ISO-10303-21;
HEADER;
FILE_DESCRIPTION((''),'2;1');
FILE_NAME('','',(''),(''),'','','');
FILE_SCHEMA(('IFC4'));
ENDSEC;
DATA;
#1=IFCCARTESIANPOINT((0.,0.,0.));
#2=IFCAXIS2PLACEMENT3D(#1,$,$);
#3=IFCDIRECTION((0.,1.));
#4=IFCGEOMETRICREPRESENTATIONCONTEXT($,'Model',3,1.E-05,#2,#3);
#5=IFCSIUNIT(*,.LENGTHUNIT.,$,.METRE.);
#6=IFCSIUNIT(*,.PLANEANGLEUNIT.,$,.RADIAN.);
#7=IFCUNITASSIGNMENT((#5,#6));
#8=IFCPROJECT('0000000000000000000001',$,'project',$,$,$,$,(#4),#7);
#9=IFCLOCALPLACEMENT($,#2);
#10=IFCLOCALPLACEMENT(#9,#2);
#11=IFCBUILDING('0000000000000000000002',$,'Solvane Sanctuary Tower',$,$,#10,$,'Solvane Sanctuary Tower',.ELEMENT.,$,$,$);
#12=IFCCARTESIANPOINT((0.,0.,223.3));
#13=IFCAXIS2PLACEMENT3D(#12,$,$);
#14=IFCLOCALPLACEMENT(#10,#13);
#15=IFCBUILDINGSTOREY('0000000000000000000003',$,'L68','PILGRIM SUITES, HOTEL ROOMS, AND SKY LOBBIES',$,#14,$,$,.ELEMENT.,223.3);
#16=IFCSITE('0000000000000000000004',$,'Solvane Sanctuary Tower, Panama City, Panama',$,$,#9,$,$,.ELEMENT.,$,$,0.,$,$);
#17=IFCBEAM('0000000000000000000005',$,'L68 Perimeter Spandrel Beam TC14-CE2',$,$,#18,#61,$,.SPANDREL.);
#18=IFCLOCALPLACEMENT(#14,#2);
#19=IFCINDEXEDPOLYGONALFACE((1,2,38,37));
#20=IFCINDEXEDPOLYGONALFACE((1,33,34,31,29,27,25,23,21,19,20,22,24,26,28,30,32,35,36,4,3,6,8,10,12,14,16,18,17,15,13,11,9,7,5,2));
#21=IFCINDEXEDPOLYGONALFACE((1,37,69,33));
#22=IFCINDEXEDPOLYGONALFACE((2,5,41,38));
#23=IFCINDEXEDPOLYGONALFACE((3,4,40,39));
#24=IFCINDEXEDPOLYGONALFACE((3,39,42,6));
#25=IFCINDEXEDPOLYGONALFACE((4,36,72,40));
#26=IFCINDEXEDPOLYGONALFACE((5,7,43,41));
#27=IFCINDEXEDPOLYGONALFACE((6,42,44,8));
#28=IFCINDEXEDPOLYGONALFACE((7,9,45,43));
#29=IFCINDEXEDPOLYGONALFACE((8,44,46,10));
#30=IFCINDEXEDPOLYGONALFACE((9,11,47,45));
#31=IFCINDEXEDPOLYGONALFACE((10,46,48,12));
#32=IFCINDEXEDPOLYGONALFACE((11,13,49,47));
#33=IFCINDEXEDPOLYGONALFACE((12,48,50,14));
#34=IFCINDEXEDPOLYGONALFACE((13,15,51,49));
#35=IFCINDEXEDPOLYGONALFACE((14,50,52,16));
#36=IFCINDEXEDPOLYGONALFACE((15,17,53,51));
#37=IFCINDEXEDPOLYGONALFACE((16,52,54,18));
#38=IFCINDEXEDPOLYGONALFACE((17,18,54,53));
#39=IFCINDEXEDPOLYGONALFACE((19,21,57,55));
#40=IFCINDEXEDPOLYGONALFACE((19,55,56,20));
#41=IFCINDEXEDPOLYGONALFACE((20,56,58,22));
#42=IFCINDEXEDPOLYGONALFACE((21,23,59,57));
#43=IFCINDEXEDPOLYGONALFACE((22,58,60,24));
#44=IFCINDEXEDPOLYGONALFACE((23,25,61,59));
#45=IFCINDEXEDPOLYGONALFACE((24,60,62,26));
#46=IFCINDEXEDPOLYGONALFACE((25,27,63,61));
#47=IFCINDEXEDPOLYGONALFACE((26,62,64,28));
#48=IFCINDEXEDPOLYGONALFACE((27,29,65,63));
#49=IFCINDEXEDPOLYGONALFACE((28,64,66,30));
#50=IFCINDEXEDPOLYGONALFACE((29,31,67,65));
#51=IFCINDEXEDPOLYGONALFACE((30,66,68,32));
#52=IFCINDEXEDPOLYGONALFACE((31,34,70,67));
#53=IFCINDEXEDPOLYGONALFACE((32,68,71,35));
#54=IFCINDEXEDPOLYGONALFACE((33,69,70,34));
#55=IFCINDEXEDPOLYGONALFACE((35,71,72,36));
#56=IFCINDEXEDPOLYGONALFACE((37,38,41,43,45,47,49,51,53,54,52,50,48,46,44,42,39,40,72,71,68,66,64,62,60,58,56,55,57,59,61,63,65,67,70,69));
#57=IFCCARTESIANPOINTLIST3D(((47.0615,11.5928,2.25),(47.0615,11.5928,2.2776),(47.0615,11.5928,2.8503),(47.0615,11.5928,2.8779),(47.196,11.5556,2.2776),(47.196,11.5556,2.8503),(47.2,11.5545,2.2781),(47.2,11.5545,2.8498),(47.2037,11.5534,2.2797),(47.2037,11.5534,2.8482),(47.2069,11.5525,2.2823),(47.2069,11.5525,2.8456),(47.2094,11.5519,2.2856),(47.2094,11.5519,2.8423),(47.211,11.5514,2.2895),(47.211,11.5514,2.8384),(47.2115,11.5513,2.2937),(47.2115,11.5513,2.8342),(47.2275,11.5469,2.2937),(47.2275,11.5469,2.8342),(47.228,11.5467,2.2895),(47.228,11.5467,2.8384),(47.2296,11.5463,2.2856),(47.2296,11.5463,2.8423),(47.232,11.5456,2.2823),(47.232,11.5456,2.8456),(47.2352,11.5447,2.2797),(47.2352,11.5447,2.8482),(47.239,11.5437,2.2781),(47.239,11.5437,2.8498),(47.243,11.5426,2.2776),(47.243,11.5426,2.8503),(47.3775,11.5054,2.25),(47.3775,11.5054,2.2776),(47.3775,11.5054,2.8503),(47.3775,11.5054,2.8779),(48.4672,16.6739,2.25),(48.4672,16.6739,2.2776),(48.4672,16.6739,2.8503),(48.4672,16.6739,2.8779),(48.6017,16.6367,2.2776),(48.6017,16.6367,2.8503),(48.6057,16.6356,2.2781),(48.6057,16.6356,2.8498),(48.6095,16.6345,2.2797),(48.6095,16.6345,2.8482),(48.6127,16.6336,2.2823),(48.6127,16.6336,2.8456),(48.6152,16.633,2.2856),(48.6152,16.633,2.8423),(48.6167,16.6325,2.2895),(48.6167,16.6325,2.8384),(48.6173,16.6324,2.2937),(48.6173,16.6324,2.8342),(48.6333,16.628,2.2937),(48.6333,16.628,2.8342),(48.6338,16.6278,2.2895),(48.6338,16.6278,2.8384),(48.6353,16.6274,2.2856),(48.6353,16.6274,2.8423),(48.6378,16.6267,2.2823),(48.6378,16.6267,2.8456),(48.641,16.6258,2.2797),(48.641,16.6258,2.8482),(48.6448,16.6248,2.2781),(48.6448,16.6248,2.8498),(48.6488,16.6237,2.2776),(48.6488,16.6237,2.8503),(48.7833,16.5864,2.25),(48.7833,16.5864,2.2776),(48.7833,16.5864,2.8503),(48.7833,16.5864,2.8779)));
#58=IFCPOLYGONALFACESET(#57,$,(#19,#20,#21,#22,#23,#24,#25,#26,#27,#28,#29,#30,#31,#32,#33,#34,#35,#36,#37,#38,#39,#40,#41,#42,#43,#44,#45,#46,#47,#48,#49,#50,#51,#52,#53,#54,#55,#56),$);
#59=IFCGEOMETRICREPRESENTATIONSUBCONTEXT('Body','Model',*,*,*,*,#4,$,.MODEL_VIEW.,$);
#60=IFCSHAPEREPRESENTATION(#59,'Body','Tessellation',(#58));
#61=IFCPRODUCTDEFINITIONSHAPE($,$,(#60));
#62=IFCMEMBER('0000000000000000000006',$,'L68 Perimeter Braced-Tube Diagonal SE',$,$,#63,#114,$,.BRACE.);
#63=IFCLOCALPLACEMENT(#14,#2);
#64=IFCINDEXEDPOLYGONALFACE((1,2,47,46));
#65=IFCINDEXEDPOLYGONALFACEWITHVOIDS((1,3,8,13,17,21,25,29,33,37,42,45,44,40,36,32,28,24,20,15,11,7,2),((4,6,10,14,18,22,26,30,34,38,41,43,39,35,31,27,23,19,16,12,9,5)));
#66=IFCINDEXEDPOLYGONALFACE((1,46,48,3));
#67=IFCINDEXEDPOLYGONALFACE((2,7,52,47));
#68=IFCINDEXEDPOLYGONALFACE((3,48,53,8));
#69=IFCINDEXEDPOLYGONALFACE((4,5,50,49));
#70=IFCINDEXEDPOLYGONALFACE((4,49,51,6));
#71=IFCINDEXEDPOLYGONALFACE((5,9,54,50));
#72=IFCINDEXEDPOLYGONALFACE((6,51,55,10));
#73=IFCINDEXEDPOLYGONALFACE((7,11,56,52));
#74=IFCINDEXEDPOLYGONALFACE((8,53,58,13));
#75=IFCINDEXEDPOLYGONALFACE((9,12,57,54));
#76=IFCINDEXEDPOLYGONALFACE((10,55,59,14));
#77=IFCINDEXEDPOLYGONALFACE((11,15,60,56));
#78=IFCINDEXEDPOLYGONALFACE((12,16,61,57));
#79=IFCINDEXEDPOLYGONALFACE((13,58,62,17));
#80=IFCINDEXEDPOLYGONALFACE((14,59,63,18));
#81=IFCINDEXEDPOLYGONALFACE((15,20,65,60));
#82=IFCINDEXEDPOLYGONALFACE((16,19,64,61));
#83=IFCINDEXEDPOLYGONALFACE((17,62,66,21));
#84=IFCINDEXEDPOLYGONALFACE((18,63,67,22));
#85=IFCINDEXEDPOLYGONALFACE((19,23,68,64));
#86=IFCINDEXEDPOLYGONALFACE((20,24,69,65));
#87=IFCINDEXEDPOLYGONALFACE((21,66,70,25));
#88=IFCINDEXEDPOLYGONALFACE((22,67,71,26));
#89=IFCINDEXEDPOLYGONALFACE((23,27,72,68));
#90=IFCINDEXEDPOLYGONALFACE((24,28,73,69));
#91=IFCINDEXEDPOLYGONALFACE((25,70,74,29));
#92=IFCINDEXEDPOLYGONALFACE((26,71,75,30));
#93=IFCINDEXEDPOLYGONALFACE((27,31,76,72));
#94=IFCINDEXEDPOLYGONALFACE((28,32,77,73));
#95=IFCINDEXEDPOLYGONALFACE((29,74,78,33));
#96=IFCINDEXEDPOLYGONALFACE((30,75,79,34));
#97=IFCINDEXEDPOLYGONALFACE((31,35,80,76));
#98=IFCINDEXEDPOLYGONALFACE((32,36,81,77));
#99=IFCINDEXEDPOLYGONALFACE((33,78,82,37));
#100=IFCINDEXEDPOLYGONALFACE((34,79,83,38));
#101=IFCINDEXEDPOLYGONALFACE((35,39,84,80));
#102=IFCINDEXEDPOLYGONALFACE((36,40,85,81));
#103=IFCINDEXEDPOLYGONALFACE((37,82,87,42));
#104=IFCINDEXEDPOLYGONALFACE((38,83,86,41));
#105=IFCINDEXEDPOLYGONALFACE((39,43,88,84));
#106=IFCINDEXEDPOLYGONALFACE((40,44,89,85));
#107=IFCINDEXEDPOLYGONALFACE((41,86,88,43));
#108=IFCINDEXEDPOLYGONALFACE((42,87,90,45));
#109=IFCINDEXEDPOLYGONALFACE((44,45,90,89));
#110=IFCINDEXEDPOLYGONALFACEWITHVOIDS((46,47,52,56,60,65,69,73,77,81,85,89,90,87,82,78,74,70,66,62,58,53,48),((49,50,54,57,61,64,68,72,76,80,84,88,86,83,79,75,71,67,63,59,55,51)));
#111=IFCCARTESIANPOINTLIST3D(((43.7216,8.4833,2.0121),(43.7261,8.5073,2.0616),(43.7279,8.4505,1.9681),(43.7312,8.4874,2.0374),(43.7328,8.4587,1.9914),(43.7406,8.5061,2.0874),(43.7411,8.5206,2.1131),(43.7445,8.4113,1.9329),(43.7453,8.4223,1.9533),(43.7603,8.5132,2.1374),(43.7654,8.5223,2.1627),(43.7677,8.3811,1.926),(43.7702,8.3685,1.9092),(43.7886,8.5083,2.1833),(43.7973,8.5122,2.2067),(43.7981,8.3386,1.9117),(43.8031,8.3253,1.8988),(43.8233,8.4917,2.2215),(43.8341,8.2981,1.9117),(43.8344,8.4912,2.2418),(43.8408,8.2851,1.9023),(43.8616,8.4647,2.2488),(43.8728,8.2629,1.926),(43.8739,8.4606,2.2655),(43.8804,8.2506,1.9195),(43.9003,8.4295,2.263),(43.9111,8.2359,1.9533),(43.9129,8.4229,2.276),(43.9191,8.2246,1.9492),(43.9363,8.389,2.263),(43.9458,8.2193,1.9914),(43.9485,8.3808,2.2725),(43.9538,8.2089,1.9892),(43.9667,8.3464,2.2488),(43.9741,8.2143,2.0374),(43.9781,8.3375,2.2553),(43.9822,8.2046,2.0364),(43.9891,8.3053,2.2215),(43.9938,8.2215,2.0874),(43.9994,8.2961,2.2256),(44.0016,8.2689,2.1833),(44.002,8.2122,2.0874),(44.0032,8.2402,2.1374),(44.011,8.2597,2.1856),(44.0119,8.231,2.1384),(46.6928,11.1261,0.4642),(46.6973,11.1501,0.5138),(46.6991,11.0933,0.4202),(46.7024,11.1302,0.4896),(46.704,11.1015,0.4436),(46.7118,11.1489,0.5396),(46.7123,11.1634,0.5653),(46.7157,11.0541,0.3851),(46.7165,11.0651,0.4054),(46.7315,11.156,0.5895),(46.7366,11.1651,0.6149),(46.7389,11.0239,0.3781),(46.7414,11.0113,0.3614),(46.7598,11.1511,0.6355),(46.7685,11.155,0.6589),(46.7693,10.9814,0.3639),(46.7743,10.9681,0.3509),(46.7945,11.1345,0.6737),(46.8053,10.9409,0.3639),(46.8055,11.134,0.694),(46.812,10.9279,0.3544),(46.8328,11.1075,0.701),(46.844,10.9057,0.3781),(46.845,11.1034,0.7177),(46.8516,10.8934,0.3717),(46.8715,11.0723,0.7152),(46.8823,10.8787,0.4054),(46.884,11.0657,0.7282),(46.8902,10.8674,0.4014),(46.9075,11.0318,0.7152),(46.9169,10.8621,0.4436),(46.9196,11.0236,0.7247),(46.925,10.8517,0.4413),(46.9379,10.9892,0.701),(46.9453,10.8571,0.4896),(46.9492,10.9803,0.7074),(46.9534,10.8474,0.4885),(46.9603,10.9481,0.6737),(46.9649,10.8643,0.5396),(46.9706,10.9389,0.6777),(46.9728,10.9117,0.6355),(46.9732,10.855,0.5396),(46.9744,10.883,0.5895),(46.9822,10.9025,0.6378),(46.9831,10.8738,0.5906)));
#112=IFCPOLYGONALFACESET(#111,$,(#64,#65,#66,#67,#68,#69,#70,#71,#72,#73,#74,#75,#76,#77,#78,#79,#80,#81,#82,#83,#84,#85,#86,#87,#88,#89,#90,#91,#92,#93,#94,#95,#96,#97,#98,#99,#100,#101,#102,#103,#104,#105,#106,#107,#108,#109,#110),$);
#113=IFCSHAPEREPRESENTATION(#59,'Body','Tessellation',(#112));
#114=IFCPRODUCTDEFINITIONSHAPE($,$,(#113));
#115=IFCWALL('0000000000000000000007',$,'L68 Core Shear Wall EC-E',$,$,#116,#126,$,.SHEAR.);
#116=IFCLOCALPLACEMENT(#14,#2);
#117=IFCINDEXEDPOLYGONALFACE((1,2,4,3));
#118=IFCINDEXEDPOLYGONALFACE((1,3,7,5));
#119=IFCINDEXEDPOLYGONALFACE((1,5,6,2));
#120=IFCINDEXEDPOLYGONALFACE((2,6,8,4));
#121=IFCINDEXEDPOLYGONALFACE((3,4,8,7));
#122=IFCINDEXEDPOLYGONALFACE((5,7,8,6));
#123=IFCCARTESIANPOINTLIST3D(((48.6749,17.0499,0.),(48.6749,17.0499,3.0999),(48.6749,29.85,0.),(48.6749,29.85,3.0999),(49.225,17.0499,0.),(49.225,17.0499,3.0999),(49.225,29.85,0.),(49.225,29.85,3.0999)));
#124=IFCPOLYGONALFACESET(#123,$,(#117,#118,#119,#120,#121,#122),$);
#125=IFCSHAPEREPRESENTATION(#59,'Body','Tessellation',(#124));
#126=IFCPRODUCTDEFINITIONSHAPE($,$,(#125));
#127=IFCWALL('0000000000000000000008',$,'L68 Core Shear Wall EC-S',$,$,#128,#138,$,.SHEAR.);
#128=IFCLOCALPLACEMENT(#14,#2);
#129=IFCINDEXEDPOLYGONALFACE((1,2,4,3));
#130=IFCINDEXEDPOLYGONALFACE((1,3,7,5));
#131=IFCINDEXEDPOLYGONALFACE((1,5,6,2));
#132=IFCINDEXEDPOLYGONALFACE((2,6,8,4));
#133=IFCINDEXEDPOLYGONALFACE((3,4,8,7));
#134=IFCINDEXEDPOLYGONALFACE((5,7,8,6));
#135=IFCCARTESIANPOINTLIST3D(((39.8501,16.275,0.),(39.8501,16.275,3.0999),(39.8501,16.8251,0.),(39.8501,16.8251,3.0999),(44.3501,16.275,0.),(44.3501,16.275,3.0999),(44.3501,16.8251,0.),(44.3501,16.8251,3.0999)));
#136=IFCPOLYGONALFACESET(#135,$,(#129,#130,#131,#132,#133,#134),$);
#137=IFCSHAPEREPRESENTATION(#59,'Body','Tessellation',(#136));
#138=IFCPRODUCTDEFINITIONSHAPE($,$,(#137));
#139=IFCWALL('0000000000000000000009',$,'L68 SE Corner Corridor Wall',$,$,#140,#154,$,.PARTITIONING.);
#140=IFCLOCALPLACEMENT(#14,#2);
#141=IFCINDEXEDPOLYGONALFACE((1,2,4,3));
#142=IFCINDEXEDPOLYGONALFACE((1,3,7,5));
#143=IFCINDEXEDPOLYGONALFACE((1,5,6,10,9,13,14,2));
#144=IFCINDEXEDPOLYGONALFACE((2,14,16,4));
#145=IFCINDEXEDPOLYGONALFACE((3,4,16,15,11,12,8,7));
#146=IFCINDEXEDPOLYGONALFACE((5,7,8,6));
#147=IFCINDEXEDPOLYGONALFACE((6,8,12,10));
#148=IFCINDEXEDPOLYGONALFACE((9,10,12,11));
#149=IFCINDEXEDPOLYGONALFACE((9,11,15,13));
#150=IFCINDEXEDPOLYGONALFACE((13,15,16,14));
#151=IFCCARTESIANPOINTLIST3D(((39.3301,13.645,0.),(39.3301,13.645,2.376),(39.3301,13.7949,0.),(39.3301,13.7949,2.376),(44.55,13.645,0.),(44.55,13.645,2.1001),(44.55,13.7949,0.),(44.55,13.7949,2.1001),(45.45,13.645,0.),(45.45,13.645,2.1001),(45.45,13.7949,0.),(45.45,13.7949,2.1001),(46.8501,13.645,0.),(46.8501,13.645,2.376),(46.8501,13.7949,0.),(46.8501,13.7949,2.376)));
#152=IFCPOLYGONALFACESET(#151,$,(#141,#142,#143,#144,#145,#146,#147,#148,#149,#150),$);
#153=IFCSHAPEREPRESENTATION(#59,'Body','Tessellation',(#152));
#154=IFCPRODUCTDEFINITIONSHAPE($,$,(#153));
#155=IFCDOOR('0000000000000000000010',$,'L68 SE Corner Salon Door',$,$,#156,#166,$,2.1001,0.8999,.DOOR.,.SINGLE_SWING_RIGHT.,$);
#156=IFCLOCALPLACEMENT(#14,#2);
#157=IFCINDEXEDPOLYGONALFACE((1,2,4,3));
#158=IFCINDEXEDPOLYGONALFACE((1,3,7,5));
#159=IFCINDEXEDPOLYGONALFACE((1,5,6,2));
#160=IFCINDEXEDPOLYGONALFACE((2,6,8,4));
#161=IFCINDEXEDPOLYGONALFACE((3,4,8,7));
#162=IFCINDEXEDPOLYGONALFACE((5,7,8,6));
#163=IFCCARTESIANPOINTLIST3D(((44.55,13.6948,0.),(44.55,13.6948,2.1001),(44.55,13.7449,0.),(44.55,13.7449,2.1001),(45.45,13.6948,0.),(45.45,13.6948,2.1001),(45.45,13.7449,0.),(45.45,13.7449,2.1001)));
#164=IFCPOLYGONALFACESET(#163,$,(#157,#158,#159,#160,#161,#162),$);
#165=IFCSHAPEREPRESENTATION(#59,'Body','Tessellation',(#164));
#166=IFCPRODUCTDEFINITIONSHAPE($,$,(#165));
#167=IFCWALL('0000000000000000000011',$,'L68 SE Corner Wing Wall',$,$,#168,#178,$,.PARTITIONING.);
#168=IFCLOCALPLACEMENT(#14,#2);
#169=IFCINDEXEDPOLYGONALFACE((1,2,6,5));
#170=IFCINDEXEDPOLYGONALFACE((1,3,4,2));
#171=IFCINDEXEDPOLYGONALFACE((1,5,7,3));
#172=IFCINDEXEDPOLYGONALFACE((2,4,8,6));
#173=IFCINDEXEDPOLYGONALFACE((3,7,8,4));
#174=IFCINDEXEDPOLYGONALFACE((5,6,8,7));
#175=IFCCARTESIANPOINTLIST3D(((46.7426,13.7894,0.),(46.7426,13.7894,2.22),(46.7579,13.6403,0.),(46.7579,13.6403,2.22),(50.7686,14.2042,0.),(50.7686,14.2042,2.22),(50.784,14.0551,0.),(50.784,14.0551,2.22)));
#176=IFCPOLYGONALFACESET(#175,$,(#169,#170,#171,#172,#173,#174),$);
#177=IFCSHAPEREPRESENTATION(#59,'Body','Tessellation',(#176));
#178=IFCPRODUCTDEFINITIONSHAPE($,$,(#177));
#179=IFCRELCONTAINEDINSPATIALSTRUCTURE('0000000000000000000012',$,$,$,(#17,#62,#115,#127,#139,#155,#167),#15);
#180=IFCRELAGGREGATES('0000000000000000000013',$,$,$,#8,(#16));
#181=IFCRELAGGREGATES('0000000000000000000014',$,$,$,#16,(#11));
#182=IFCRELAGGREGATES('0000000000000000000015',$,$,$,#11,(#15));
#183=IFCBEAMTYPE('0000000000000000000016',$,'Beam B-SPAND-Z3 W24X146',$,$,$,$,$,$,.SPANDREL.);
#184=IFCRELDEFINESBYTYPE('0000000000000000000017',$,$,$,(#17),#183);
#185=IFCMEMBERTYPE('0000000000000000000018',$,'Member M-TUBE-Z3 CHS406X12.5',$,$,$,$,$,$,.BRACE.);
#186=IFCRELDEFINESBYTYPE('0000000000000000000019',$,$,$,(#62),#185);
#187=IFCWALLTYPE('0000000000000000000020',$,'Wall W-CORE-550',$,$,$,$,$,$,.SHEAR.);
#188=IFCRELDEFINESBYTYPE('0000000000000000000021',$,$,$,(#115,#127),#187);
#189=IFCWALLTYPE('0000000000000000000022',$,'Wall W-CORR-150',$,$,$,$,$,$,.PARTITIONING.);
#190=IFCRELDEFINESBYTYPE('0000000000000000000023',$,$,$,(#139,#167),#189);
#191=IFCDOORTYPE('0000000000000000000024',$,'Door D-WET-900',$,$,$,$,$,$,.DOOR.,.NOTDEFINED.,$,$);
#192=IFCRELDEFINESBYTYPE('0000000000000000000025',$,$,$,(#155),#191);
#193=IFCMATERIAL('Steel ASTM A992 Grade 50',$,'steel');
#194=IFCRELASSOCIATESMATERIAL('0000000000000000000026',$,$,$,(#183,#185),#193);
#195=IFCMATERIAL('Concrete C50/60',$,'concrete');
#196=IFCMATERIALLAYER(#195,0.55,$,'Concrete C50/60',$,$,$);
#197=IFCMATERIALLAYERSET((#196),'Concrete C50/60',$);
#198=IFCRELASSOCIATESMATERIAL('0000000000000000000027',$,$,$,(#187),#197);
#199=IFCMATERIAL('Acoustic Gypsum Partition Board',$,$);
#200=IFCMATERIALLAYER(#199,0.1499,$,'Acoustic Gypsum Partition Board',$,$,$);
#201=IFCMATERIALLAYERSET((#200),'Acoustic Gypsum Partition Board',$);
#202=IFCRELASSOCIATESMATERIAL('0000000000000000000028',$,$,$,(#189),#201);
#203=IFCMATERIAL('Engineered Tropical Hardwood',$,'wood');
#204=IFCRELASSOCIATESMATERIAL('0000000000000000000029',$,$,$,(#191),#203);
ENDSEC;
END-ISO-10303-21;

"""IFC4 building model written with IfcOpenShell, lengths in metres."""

from ifc_helpers import new_model, si_unit, direction, frame, frame_2d, origin, origin_2d, place, context, subcontext, project, spatial, rectangle, hollow_circle, i_section, extrude, material, layer, layer_set, material_profile, profile_set, type_object, element, fill, save


model = new_model("IFC4")

# Units and contexts
model_context = context("Model", 3, precision=1e-05, world=origin(), true_north=direction((0.0, 1.0)))
body_context = subcontext(model_context, "Body", "Model", "MODEL_VIEW")
ifc_project = project(units=[si_unit("LENGTHUNIT", "METRE"), si_unit("PLANEANGLEUNIT", "RADIAN")], contexts=[model_context])

# Site, building, storey
site_placement = place(None, origin())
site = spatial("IfcSite", under=ifc_project, at=site_placement, Name="Solvane Sanctuary Tower, Panama City, Panama", CompositionType="ELEMENT", RefElevation=0.0)
building_placement = place(site_placement, origin())
building = spatial("IfcBuilding", under=site, at=building_placement, Name="Solvane Sanctuary Tower", LongName="Solvane Sanctuary Tower", CompositionType="ELEMENT")
storey_placement = place(building_placement, frame((0.0, 0.0, 223.3)))
storey = spatial("IfcBuildingStorey", under=building, at=storey_placement, Name="L68", Description="PILGRIM SUITES, HOTEL ROOMS, AND SKY LOBBIES", CompositionType="ELEMENT", Elevation=223.3)

# Shared definitions
ifc_material_1 = material(Name="Concrete C50/60", Category="concrete")

# Beam
ifc_material_2 = material(Name="Steel ASTM A992 Grade 50", Category="steel")
ifc_material_profile_1 = material_profile(ifc_material_2, i_section(OverallWidth=0.3279, OverallDepth=0.6279, WebThickness=0.0166, FlangeThickness=0.0276, FilletRadius=0.0161, at=origin_2d()), Name="W24X146")
ifc_profile_set_1 = profile_set([ifc_material_profile_1], Name="Steel ASTM A992 Grade 50")
beam_type_1 = type_object("IfcBeamType", Name="Beam B-SPAND-Z3 W24X146", PredefinedType="SPANDREL", material=ifc_profile_set_1)
beam_1_placement = place(storey_placement, frame((47.2195, 11.5491, 2.564), z_axis=(0.26665, 0.963793, 0.0), x_axis=(-0.963793, 0.26665, 0.0)))
element("IfcBeam", 1, at=beam_1_placement, inside=storey, type_object=beam_type_1, Name="L68 Perimeter Spandrel Beam TC14-CE2", PredefinedType="SPANDREL", context=body_context, shape_type="SweptSolid", body=[
    extrude(i_section(OverallWidth=0.3279, OverallDepth=0.6279, WebThickness=0.0166, FlangeThickness=0.0276, FilletRadius=0.0161, at=origin_2d()), origin(), (0.0, 0.0, 1.0), 5.272),
])

# Member
ifc_material_profile_2 = material_profile(ifc_material_2, hollow_circle(Radius=0.2029, WallThickness=0.0125, at=origin_2d()), Name="CHS406X12.5")
ifc_profile_set_2 = profile_set([ifc_material_profile_2], Name="Steel ASTM A992 Grade 50")
member_type = type_object("IfcMemberType", Name="Member M-TUBE-Z3 CHS406X12.5", PredefinedType="BRACE", material=ifc_profile_set_2)
member_placement = place(storey_placement, frame((46.8384, 11.0066, 0.5396), z_axis=(-0.696299, -0.619345, 0.362739), x_axis=(0.664612, -0.747189, 0.0)))
element("IfcMember", 2, at=member_placement, inside=storey, type_object=member_type, Name="L68 Perimeter Braced-Tube Diagonal SE", PredefinedType="BRACE", context=body_context, shape_type="SweptSolid", body=[
    extrude(hollow_circle(Radius=0.2029, WallThickness=0.0125, at=origin_2d()), origin(), (0.0, 0.0, 1.0), 4.2671),
])

# Walls
ifc_layer_1 = layer(ifc_material_1, 0.55, Name="Concrete C50/60")
ifc_layer_set_1 = layer_set([ifc_layer_1], Name="Concrete C50/60")
wall_type_1 = type_object("IfcWallType", Name="Wall W-CORE-550", PredefinedType="SHEAR", material=ifc_layer_set_1)
wall_1_placement = place(storey_placement, frame((48.95, 17.05, 0.0), z_axis=(0.0, 0.0, 1.0), x_axis=(0.0, 1.0, 0.0)))
element("IfcWall", 3, at=wall_1_placement, inside=storey, type_object=wall_type_1, Name="L68 Core Shear Wall EC-E", PredefinedType="SHEAR", context=body_context, shape_type="SweptSolid", body=[
    extrude(rectangle(XDim=12.8, YDim=0.55, at=frame_2d((6.3999, 0.0))), origin(), (0.0, 0.0, 1.0), 3.0999),
])
wall_2_placement = place(storey_placement, frame((39.8501, 16.55, 0.0), z_axis=(0.0, 0.0, 1.0), x_axis=(1.0, 0.0, 0.0)))
element("IfcWall", 4, at=wall_2_placement, inside=storey, type_object=wall_type_1, Name="L68 Core Shear Wall EC-S", PredefinedType="SHEAR", context=body_context, shape_type="SweptSolid", body=[
    extrude(rectangle(XDim=4.5, YDim=0.55, at=frame_2d((2.25, 0.0))), origin(), (0.0, 0.0, 1.0), 3.0999),
])

# Wall, opening, door
ifc_material_3 = material(Name="Acoustic Gypsum Partition Board")
ifc_layer_2 = layer(ifc_material_3, 0.1499, Name="Acoustic Gypsum Partition Board")
ifc_layer_set_2 = layer_set([ifc_layer_2], Name="Acoustic Gypsum Partition Board")
wall_type_2 = type_object("IfcWallType", Name="Wall W-CORR-150", PredefinedType="PARTITIONING", material=ifc_layer_set_2)
wall_3_placement = place(storey_placement, frame((39.3301, 13.72, 0.0), z_axis=(0.0, 0.0, 1.0), x_axis=(1.0, 0.0, 0.0)))
wall_3 = element("IfcWall", 5, at=wall_3_placement, inside=storey, type_object=wall_type_2, Name="L68 SE Corner Corridor Wall", PredefinedType="PARTITIONING", context=body_context, shape_type="SweptSolid", body=[
    extrude(rectangle(XDim=7.52, YDim=0.1499, at=frame_2d((3.76, 0.0))), origin(), (0.0, 0.0, 1.0), 2.376),
])
opening_1_placement = place(wall_3_placement, frame((5.22, 0.0, 0.0)))
opening_1 = element("IfcOpeningElement", 6, at=opening_1_placement, cuts=wall_3, PredefinedType="OPENING", context=body_context, shape_type="SweptSolid", body=[
    extrude(rectangle(XDim=0.8999, YDim=2.1001, at=frame_2d((0.45, 1.05))), frame((0.0, 0.085, 0.0), z_axis=(0.0, -1.0, 0.0), x_axis=(1.0, 0.0, 0.0)), (0.0, 0.0, 1.0), 0.1699),
])
ifc_material_4 = material(Name="Engineered Tropical Hardwood", Category="wood")
door_type = type_object("IfcDoorType", Name="Door D-WET-900", OperationType="NOTDEFINED", PredefinedType="DOOR", material=ifc_material_4)
door_placement = place(opening_1_placement, origin())
door = element("IfcDoor", 7, at=door_placement, inside=storey, type_object=door_type, Name="L68 SE Corner Salon Door", OperationType="SINGLE_SWING_RIGHT", OverallHeight=2.1001, OverallWidth=0.8999, PredefinedType="DOOR", context=body_context, shape_type="SweptSolid", body=[
    extrude(rectangle(XDim=0.8999, YDim=2.1001, at=frame_2d((0.45, 1.05))), frame((0.0, 0.0249, 0.0), z_axis=(0.0, -1.0, 0.0), x_axis=(1.0, 0.0, 0.0)), (0.0, 0.0, 1.0), 0.05),
])
fill(opening_1, door)

# Wall
wall_4_placement = place(storey_placement, frame((46.7502, 13.7148, 0.0), z_axis=(0.0, 0.0, 1.0), x_axis=(0.994735, 0.102483, 0.0)))
element("IfcWall", 8, at=wall_4_placement, inside=storey, type_object=wall_type_2, Name="L68 SE Corner Wing Wall", PredefinedType="PARTITIONING", context=body_context, shape_type="SweptSolid", body=[
    extrude(rectangle(XDim=4.0474, YDim=0.1499, at=frame_2d((2.0237, 0.0))), origin(), (0.0, 0.0, 1.0), 2.22),
])

save(model, "model.ifc")
